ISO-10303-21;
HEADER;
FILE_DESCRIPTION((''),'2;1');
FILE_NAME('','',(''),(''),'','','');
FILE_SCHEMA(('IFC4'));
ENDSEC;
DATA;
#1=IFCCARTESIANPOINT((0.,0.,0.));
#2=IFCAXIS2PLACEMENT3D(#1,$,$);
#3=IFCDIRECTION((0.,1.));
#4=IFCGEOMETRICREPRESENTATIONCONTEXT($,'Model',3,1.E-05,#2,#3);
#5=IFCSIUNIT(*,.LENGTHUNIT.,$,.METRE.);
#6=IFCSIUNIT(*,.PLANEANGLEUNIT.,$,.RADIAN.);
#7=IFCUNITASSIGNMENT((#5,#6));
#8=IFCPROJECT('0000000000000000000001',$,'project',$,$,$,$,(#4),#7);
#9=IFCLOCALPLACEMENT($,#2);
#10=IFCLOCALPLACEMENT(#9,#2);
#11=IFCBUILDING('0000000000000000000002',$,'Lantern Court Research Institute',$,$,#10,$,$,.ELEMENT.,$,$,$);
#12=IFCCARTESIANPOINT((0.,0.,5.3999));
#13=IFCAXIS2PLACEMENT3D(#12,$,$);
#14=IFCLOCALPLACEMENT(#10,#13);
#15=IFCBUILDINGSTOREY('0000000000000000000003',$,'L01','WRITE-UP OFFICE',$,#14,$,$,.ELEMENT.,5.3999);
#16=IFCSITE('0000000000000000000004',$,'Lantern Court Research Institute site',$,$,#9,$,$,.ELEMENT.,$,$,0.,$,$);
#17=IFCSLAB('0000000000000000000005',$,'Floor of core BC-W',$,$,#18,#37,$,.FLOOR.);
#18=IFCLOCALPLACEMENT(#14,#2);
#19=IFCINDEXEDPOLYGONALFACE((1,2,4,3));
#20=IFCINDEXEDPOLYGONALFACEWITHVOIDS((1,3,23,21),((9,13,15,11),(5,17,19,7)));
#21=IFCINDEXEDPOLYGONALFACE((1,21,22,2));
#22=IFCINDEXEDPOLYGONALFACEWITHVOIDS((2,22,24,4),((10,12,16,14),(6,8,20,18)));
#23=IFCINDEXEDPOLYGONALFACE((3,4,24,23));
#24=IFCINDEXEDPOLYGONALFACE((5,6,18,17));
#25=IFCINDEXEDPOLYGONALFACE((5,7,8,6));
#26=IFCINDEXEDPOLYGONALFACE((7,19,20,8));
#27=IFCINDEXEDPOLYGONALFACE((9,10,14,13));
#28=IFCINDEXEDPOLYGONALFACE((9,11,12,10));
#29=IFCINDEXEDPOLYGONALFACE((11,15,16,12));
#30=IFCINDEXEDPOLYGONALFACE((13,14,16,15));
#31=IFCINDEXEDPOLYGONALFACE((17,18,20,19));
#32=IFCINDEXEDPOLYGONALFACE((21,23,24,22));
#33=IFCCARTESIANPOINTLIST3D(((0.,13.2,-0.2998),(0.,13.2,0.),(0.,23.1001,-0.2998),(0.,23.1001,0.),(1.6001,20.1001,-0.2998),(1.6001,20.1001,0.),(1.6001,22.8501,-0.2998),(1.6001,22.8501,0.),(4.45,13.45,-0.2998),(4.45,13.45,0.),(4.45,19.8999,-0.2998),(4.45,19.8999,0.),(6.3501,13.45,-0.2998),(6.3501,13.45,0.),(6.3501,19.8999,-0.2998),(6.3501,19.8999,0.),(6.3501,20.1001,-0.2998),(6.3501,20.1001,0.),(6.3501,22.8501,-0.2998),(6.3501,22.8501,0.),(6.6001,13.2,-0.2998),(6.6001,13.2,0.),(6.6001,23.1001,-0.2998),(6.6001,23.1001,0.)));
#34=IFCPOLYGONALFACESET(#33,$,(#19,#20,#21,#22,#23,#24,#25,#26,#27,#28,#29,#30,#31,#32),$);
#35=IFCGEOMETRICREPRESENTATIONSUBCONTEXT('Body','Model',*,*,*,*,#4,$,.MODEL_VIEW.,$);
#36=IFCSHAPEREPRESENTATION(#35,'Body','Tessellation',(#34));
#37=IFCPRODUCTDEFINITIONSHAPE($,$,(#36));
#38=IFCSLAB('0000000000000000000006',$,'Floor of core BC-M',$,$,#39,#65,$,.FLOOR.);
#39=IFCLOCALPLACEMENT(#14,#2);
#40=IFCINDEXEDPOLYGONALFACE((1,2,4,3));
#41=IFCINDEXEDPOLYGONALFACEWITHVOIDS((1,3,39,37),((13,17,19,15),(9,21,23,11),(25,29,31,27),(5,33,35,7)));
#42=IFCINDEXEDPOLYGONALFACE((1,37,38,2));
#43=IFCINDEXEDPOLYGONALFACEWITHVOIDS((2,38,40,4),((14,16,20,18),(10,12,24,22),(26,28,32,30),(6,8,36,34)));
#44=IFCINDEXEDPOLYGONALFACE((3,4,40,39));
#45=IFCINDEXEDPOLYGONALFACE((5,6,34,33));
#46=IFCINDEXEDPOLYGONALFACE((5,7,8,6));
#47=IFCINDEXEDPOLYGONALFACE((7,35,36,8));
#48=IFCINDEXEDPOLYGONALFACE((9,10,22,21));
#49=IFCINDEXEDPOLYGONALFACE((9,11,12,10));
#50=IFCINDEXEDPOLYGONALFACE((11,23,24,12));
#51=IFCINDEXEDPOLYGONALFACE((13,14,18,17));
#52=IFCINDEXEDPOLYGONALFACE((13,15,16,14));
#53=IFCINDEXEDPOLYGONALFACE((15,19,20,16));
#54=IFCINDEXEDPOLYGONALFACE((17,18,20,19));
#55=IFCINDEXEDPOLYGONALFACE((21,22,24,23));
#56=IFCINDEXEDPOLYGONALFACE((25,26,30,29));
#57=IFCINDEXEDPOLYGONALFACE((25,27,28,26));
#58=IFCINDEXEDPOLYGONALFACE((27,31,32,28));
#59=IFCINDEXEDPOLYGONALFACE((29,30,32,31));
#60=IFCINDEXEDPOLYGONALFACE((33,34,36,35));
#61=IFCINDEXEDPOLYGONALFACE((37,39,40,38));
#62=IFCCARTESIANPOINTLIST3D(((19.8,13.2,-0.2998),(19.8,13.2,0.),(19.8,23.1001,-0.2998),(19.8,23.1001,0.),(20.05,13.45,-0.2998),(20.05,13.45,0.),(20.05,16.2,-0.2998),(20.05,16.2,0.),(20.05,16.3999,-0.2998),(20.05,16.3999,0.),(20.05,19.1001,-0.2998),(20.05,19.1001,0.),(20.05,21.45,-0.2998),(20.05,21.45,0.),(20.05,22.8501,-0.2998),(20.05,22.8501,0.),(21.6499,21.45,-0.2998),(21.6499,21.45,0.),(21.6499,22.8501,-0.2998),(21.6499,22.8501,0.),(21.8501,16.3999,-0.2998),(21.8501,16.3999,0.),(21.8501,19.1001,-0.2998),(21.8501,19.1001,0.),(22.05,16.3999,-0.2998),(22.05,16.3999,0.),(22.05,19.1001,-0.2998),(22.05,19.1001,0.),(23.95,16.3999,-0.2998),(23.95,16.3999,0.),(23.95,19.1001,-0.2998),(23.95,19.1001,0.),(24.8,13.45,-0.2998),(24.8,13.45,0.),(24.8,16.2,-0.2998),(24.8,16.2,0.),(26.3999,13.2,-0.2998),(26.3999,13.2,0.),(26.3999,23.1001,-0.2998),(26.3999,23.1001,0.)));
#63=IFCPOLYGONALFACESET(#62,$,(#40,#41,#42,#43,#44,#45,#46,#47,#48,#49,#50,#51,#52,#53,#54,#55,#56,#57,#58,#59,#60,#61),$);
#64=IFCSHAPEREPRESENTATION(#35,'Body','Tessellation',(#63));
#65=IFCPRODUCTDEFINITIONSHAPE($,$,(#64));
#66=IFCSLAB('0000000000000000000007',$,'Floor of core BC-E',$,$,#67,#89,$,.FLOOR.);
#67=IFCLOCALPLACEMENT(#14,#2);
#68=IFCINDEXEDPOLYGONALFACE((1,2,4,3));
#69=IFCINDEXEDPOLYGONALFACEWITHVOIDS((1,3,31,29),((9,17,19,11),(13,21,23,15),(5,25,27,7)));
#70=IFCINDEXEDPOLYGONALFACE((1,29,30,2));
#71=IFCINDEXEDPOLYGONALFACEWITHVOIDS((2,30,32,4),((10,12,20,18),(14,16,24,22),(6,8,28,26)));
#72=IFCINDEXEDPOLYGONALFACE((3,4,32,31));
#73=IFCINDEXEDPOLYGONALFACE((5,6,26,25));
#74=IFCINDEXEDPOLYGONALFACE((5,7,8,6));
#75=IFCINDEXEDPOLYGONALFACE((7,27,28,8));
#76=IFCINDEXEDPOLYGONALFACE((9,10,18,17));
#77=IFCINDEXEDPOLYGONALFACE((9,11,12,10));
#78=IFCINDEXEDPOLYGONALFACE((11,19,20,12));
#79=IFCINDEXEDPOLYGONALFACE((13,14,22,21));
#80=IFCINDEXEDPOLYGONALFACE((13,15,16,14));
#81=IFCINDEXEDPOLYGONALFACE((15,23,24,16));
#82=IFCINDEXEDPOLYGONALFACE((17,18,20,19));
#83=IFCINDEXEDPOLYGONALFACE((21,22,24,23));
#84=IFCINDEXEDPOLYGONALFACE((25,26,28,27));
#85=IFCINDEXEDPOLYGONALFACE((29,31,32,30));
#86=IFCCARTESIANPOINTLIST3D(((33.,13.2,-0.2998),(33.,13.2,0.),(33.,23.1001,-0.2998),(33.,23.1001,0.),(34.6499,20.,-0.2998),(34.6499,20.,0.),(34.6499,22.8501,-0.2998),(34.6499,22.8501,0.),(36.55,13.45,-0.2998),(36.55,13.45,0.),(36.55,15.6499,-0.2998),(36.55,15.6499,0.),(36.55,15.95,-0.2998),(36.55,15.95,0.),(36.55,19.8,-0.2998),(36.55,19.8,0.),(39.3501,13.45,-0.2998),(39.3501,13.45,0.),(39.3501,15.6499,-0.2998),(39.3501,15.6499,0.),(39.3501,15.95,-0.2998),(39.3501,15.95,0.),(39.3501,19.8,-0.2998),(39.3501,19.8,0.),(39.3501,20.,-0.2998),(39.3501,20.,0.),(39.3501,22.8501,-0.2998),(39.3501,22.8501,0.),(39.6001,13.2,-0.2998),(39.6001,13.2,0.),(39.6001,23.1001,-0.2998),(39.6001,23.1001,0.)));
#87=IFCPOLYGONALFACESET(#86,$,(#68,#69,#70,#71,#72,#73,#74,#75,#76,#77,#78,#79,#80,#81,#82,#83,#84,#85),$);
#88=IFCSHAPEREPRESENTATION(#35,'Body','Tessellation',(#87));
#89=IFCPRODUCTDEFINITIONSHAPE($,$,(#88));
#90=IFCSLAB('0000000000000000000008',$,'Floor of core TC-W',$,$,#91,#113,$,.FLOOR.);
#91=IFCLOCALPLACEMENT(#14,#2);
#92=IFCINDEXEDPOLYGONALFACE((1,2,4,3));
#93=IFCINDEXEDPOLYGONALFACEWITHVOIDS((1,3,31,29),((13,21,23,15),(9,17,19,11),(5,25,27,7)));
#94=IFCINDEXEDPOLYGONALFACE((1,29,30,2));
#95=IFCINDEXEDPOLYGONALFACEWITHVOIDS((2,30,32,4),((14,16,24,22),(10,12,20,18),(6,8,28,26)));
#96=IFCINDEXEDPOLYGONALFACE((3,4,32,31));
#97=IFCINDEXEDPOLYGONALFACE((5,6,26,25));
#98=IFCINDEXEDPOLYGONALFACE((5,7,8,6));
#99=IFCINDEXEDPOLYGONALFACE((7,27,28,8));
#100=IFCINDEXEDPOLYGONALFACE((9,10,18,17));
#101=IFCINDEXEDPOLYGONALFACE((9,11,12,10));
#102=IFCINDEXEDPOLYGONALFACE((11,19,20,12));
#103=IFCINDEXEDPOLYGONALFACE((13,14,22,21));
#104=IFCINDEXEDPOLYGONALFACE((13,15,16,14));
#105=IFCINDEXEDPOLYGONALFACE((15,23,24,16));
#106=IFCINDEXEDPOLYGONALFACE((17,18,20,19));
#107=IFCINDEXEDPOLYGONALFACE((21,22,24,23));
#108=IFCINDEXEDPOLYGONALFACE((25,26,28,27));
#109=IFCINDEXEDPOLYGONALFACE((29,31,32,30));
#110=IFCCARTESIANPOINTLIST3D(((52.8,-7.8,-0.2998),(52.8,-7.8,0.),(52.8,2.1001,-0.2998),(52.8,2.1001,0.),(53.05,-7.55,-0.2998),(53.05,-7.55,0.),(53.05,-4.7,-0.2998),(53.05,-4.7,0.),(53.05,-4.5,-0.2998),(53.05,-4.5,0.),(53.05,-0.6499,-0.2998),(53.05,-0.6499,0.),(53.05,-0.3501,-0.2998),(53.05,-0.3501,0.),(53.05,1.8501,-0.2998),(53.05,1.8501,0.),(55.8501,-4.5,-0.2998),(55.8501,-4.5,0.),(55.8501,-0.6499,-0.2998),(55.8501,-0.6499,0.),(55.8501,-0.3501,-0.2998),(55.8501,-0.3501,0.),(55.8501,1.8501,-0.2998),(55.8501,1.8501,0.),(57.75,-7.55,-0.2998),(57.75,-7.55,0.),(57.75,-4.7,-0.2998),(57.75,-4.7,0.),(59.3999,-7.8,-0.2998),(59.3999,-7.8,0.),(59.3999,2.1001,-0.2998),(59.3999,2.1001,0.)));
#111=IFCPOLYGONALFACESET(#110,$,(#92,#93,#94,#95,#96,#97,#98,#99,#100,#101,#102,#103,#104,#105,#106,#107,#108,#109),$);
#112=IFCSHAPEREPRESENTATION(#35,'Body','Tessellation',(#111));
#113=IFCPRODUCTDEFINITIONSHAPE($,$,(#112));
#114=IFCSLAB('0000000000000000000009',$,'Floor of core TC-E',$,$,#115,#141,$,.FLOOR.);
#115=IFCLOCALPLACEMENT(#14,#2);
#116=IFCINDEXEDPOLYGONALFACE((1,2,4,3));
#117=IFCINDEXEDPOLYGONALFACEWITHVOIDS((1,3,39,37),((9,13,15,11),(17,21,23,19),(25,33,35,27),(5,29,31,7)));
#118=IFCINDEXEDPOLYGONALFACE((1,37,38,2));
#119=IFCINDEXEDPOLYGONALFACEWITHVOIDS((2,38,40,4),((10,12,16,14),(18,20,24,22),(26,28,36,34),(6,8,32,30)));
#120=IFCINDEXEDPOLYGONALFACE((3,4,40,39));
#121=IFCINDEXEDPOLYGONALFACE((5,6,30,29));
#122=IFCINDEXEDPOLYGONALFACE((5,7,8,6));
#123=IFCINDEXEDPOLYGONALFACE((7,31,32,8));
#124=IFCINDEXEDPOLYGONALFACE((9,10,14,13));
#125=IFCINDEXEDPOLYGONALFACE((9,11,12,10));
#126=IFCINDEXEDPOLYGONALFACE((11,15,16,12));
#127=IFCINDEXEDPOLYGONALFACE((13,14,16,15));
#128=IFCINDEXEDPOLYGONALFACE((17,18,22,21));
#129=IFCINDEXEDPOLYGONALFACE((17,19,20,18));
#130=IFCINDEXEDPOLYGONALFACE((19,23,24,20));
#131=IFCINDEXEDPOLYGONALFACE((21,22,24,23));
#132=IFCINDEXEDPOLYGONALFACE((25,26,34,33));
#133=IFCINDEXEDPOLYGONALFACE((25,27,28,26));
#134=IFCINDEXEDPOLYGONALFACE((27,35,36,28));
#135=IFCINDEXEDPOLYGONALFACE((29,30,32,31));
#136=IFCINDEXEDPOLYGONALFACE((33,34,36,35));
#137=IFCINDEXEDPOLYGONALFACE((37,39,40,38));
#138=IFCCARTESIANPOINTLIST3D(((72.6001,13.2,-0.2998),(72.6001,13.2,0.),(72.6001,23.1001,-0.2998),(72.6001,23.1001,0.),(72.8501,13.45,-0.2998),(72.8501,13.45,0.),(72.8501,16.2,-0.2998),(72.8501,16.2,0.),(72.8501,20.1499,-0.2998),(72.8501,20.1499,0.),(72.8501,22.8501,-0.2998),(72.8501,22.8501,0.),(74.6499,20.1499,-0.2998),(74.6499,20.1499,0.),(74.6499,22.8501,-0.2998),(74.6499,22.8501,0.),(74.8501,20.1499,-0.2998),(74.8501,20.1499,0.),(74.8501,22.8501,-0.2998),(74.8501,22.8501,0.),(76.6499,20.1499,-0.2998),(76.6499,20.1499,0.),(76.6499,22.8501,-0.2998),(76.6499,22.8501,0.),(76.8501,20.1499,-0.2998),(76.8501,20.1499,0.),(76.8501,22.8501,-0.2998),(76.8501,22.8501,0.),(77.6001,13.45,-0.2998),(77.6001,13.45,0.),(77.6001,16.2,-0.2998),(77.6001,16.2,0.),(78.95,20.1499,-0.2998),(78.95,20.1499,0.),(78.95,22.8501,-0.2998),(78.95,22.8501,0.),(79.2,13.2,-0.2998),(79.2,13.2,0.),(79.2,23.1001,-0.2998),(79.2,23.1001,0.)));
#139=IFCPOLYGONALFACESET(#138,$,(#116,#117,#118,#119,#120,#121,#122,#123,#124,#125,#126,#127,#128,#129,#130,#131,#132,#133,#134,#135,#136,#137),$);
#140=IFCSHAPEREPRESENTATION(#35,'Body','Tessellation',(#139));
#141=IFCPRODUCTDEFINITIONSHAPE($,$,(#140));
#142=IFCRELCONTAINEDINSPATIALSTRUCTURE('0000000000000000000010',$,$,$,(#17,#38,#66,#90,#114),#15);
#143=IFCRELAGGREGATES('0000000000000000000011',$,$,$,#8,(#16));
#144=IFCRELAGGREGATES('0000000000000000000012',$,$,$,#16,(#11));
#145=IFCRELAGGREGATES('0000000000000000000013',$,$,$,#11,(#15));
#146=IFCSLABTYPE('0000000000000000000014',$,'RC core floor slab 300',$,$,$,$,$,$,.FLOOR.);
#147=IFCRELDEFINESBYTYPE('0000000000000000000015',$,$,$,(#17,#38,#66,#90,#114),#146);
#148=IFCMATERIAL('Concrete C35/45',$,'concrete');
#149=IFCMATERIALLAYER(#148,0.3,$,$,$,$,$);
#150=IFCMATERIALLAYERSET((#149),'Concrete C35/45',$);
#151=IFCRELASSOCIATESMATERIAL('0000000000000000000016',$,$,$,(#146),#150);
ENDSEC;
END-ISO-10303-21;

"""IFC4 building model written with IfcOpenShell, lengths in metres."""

from ifc_helpers import new_model, si_unit, direction, frame, origin, place, context, subcontext, project, spatial, polyline, outline, extrude, material, layer, layer_set, type_object, element, save


model = new_model("IFC4")

# Units and contexts
model_context = context("Model", 3, precision=1e-05, world=origin(), true_north=direction((0.0, 1.0)))
body_context = subcontext(model_context, "Body", "Model", "MODEL_VIEW")
ifc_project = project(units=[si_unit("LENGTHUNIT", "METRE"), si_unit("PLANEANGLEUNIT", "RADIAN")], contexts=[model_context])

# Site, building, storey
site_placement = place(None, origin())
site = spatial("IfcSite", under=ifc_project, at=site_placement, Name="Lantern Court Research Institute site", CompositionType="ELEMENT", RefElevation=0.0)
building_placement = place(site_placement, origin())
building = spatial("IfcBuilding", under=site, at=building_placement, Name="Lantern Court Research Institute", CompositionType="ELEMENT")
storey_placement = place(building_placement, frame((0.0, 0.0, 5.3999)))
storey = spatial("IfcBuildingStorey", under=building, at=storey_placement, Name="L01", Description="WRITE-UP OFFICE", CompositionType="ELEMENT", Elevation=5.3999)

# Slabs
ifc_material_1 = material(Name="Concrete C35/45", Category="concrete")
ifc_layer_1 = layer(ifc_material_1, 0.3)
ifc_layer_set_1 = layer_set([ifc_layer_1], Name="Concrete C35/45")
slab_type_1 = type_object("IfcSlabType", Name="RC core floor slab 300", PredefinedType="FLOOR", material=ifc_layer_set_1)
slab_1_placement = place(storey_placement, frame((0.0, 0.0, -0.2998)))
element("IfcSlab", 1, at=slab_1_placement, inside=storey, type_object=slab_type_1, Name="Floor of core BC-W", PredefinedType="FLOOR", context=body_context, shape_type="SweptSolid", body=[
    extrude(outline(polyline([(0.0, 13.2), (6.6001, 13.2), (6.6001, 23.1001), (0.0, 23.1001), (0.0, 13.2)]), holes=[polyline([(1.6001, 20.1001), (6.3501, 20.1001), (6.3501, 22.8501), (1.6001, 22.8501), (1.6001, 20.1001)]), polyline([(4.45, 13.45), (4.45, 19.8999), (6.3501, 19.8999), (6.3501, 13.45), (4.45, 13.45)])]), origin(), (0.0, 0.0, 1.0), 0.2998),
])
slab_2_placement = place(storey_placement, frame((0.0, 0.0, -0.2998)))
element("IfcSlab", 2, at=slab_2_placement, inside=storey, type_object=slab_type_1, Name="Floor of core BC-M", PredefinedType="FLOOR", context=body_context, shape_type="SweptSolid", body=[
    extrude(outline(polyline([(19.8, 13.2), (26.3999, 13.2), (26.3999, 23.1001), (19.8, 23.1001), (19.8, 13.2)]), holes=[polyline([(24.8, 16.2), (20.05, 16.2), (20.05, 13.45), (24.8, 13.45), (24.8, 16.2)]), polyline([(20.05, 16.3999), (21.8501, 16.3999), (21.8501, 19.1001), (20.05, 19.1001), (20.05, 16.3999)]), polyline([(22.05, 16.3999), (23.95, 16.3999), (23.95, 19.1001), (22.05, 19.1001), (22.05, 16.3999)]), polyline([(21.6499, 21.45), (20.05, 21.45), (20.05, 22.8501), (21.6499, 22.8501), (21.6499, 21.45)])]), origin(), (0.0, 0.0, 1.0), 0.2998),
])
slab_3_placement = place(storey_placement, frame((0.0, 0.0, -0.2998)))
element("IfcSlab", 3, at=slab_3_placement, inside=storey, type_object=slab_type_1, Name="Floor of core BC-E", PredefinedType="FLOOR", context=body_context, shape_type="SweptSolid", body=[
    extrude(outline(polyline([(33.0, 13.2), (39.6001, 13.2), (39.6001, 23.1001), (33.0, 23.1001), (33.0, 13.2)]), holes=[polyline([(34.6499, 20.0), (39.3501, 20.0), (39.3501, 22.8501), (34.6499, 22.8501), (34.6499, 20.0)]), polyline([(36.55, 13.45), (39.3501, 13.45), (39.3501, 15.6499), (36.55, 15.6499), (36.55, 13.45)]), polyline([(39.3501, 15.95), (36.55, 15.95), (36.55, 19.8), (39.3501, 19.8), (39.3501, 15.95)])]), origin(), (0.0, 0.0, 1.0), 0.2998),
])
slab_4_placement = place(storey_placement, frame((0.0, 0.0, -0.2998)))
element("IfcSlab", 4, at=slab_4_placement, inside=storey, type_object=slab_type_1, Name="Floor of core TC-W", PredefinedType="FLOOR", context=body_context, shape_type="SweptSolid", body=[
    extrude(outline(polyline([(52.8, -7.8), (59.3999, -7.8), (59.3999, 2.1001), (52.8, 2.1001), (52.8, -7.8)]), holes=[polyline([(57.75, -4.7), (53.05, -4.7), (53.05, -7.55), (57.75, -7.55), (57.75, -4.7)]), polyline([(53.05, -0.3501), (55.8501, -0.3501), (55.8501, 1.8501), (53.05, 1.8501), (53.05, -0.3501)]), polyline([(53.05, -0.6499), (55.8501, -0.6499), (55.8501, -4.5), (53.05, -4.5), (53.05, -0.6499)])]), origin(), (0.0, 0.0, 1.0), 0.2998),
])
slab_5_placement = place(storey_placement, frame((0.0, 0.0, -0.2998)))
element("IfcSlab", 5, at=slab_5_placement, inside=storey, type_object=slab_type_1, Name="Floor of core TC-E", PredefinedType="FLOOR", context=body_context, shape_type="SweptSolid", body=[
    extrude(outline(polyline([(72.6001, 13.2), (79.2, 13.2), (79.2, 23.1001), (72.6001, 23.1001), (72.6001, 13.2)]), holes=[polyline([(77.6001, 16.2), (72.8501, 16.2), (72.8501, 13.45), (77.6001, 13.45), (77.6001, 16.2)]), polyline([(72.8501, 20.1499), (74.6499, 20.1499), (74.6499, 22.8501), (72.8501, 22.8501), (72.8501, 20.1499)]), polyline([(74.8501, 20.1499), (76.6499, 20.1499), (76.6499, 22.8501), (74.8501, 22.8501), (74.8501, 20.1499)]), polyline([(76.8501, 20.1499), (78.95, 20.1499), (78.95, 22.8501), (76.8501, 22.8501), (76.8501, 20.1499)])]), origin(), (0.0, 0.0, 1.0), 0.2998),
])

save(model, "model.ifc")
